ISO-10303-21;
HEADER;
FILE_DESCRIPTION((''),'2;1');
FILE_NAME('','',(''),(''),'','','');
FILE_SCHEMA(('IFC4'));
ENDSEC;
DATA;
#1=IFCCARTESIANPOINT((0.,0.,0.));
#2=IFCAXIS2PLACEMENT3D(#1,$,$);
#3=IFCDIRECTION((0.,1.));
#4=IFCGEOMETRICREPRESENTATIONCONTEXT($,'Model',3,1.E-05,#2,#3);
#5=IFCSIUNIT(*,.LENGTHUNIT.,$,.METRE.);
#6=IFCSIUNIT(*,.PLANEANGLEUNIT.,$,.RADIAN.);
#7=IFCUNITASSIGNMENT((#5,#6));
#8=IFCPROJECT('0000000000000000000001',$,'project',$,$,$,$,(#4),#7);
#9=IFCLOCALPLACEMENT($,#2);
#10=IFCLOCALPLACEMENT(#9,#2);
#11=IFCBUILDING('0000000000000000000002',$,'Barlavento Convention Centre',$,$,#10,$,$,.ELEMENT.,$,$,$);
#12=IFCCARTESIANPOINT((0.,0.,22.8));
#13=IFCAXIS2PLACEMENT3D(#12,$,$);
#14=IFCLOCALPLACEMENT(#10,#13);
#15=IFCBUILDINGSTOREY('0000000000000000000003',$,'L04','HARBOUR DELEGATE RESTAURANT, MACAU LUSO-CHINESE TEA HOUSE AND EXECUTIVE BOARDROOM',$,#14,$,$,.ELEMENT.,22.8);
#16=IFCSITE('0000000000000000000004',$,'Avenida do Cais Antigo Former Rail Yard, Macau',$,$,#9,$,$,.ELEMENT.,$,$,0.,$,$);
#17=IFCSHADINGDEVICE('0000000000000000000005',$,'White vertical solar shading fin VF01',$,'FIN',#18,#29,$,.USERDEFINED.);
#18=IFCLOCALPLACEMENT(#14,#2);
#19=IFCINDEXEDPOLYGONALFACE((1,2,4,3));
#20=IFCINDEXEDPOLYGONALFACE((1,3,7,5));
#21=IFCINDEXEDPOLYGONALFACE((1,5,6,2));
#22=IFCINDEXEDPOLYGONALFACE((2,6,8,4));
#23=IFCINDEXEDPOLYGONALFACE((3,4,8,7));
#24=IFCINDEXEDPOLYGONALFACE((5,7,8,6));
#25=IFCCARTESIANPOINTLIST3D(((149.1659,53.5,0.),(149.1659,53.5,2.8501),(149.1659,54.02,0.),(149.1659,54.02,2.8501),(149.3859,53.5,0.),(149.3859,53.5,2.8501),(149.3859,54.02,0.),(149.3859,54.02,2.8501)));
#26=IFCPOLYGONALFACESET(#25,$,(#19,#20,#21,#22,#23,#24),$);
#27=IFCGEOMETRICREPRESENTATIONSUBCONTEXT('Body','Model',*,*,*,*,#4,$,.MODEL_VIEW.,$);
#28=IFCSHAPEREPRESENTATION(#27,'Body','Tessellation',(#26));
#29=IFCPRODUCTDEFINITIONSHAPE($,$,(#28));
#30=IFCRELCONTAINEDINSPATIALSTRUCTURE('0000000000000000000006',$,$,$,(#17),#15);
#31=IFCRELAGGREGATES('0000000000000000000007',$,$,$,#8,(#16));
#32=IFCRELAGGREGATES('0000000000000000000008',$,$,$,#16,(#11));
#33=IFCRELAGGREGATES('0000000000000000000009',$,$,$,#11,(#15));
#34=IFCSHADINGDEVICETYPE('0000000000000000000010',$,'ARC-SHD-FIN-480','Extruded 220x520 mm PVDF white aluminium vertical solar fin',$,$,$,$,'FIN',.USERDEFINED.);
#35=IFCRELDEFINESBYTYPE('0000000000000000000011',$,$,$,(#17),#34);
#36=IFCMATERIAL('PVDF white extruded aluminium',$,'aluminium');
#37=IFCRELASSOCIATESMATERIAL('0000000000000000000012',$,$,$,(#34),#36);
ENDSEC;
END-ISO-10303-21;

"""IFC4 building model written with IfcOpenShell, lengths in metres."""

from ifc_helpers import new_model, si_unit, direction, frame, origin, origin_2d, place, context, subcontext, project, spatial, rectangle, extrude, material, type_object, element, save


model = new_model("IFC4")

# Units and contexts
model_context = context("Model", 3, precision=1e-05, world=origin(), true_north=direction((0.0, 1.0)))
body_context = subcontext(model_context, "Body", "Model", "MODEL_VIEW")
ifc_project = project(units=[si_unit("LENGTHUNIT", "METRE"), si_unit("PLANEANGLEUNIT", "RADIAN")], contexts=[model_context])

# Site, building, storey
site_placement = place(None, origin())
site = spatial("IfcSite", under=ifc_project, at=site_placement, Name="Avenida do Cais Antigo Former Rail Yard, Macau", CompositionType="ELEMENT", RefElevation=0.0)
building_placement = place(site_placement, origin())
building = spatial("IfcBuilding", under=site, at=building_placement, Name="Barlavento Convention Centre", CompositionType="ELEMENT")
storey_placement = place(building_placement, frame((0.0, 0.0, 22.8)))
storey = spatial("IfcBuildingStorey", under=building, at=storey_placement, Name="L04", Description="HARBOUR DELEGATE RESTAURANT, MACAU LUSO-CHINESE TEA HOUSE AND EXECUTIVE BOARDROOM", CompositionType="ELEMENT", Elevation=22.8)

# Shading device
ifc_material_1 = material(Name="PVDF white extruded aluminium", Category="aluminium")
shading_device_type = type_object("IfcShadingDeviceType", Name="ARC-SHD-FIN-480", Description="Extruded 220x520 mm PVDF white aluminium vertical solar fin", ElementType="FIN", PredefinedType="USERDEFINED", material=ifc_material_1)
for number, where, z_axis, x_axis, name in (
    (1, (149.2759, 53.76, 0.0), (0.0, 0.0, 1.0), (1.0, 0.0, 0.0), "White vertical solar shading fin VF01"),
):
    element("IfcShadingDevice", number, at=place(storey_placement, frame(where, z_axis=z_axis, x_axis=x_axis)), inside=storey, type_object=shading_device_type, Name=name, ObjectType="FIN", PredefinedType="USERDEFINED", context=body_context, shape_type="SweptSolid", body=[
        extrude(rectangle(XDim=0.22, YDim=0.52, at=origin_2d()), origin(), (0.0, 0.0, 1.0), 2.8501),
    ])

save(model, "model.ifc")
